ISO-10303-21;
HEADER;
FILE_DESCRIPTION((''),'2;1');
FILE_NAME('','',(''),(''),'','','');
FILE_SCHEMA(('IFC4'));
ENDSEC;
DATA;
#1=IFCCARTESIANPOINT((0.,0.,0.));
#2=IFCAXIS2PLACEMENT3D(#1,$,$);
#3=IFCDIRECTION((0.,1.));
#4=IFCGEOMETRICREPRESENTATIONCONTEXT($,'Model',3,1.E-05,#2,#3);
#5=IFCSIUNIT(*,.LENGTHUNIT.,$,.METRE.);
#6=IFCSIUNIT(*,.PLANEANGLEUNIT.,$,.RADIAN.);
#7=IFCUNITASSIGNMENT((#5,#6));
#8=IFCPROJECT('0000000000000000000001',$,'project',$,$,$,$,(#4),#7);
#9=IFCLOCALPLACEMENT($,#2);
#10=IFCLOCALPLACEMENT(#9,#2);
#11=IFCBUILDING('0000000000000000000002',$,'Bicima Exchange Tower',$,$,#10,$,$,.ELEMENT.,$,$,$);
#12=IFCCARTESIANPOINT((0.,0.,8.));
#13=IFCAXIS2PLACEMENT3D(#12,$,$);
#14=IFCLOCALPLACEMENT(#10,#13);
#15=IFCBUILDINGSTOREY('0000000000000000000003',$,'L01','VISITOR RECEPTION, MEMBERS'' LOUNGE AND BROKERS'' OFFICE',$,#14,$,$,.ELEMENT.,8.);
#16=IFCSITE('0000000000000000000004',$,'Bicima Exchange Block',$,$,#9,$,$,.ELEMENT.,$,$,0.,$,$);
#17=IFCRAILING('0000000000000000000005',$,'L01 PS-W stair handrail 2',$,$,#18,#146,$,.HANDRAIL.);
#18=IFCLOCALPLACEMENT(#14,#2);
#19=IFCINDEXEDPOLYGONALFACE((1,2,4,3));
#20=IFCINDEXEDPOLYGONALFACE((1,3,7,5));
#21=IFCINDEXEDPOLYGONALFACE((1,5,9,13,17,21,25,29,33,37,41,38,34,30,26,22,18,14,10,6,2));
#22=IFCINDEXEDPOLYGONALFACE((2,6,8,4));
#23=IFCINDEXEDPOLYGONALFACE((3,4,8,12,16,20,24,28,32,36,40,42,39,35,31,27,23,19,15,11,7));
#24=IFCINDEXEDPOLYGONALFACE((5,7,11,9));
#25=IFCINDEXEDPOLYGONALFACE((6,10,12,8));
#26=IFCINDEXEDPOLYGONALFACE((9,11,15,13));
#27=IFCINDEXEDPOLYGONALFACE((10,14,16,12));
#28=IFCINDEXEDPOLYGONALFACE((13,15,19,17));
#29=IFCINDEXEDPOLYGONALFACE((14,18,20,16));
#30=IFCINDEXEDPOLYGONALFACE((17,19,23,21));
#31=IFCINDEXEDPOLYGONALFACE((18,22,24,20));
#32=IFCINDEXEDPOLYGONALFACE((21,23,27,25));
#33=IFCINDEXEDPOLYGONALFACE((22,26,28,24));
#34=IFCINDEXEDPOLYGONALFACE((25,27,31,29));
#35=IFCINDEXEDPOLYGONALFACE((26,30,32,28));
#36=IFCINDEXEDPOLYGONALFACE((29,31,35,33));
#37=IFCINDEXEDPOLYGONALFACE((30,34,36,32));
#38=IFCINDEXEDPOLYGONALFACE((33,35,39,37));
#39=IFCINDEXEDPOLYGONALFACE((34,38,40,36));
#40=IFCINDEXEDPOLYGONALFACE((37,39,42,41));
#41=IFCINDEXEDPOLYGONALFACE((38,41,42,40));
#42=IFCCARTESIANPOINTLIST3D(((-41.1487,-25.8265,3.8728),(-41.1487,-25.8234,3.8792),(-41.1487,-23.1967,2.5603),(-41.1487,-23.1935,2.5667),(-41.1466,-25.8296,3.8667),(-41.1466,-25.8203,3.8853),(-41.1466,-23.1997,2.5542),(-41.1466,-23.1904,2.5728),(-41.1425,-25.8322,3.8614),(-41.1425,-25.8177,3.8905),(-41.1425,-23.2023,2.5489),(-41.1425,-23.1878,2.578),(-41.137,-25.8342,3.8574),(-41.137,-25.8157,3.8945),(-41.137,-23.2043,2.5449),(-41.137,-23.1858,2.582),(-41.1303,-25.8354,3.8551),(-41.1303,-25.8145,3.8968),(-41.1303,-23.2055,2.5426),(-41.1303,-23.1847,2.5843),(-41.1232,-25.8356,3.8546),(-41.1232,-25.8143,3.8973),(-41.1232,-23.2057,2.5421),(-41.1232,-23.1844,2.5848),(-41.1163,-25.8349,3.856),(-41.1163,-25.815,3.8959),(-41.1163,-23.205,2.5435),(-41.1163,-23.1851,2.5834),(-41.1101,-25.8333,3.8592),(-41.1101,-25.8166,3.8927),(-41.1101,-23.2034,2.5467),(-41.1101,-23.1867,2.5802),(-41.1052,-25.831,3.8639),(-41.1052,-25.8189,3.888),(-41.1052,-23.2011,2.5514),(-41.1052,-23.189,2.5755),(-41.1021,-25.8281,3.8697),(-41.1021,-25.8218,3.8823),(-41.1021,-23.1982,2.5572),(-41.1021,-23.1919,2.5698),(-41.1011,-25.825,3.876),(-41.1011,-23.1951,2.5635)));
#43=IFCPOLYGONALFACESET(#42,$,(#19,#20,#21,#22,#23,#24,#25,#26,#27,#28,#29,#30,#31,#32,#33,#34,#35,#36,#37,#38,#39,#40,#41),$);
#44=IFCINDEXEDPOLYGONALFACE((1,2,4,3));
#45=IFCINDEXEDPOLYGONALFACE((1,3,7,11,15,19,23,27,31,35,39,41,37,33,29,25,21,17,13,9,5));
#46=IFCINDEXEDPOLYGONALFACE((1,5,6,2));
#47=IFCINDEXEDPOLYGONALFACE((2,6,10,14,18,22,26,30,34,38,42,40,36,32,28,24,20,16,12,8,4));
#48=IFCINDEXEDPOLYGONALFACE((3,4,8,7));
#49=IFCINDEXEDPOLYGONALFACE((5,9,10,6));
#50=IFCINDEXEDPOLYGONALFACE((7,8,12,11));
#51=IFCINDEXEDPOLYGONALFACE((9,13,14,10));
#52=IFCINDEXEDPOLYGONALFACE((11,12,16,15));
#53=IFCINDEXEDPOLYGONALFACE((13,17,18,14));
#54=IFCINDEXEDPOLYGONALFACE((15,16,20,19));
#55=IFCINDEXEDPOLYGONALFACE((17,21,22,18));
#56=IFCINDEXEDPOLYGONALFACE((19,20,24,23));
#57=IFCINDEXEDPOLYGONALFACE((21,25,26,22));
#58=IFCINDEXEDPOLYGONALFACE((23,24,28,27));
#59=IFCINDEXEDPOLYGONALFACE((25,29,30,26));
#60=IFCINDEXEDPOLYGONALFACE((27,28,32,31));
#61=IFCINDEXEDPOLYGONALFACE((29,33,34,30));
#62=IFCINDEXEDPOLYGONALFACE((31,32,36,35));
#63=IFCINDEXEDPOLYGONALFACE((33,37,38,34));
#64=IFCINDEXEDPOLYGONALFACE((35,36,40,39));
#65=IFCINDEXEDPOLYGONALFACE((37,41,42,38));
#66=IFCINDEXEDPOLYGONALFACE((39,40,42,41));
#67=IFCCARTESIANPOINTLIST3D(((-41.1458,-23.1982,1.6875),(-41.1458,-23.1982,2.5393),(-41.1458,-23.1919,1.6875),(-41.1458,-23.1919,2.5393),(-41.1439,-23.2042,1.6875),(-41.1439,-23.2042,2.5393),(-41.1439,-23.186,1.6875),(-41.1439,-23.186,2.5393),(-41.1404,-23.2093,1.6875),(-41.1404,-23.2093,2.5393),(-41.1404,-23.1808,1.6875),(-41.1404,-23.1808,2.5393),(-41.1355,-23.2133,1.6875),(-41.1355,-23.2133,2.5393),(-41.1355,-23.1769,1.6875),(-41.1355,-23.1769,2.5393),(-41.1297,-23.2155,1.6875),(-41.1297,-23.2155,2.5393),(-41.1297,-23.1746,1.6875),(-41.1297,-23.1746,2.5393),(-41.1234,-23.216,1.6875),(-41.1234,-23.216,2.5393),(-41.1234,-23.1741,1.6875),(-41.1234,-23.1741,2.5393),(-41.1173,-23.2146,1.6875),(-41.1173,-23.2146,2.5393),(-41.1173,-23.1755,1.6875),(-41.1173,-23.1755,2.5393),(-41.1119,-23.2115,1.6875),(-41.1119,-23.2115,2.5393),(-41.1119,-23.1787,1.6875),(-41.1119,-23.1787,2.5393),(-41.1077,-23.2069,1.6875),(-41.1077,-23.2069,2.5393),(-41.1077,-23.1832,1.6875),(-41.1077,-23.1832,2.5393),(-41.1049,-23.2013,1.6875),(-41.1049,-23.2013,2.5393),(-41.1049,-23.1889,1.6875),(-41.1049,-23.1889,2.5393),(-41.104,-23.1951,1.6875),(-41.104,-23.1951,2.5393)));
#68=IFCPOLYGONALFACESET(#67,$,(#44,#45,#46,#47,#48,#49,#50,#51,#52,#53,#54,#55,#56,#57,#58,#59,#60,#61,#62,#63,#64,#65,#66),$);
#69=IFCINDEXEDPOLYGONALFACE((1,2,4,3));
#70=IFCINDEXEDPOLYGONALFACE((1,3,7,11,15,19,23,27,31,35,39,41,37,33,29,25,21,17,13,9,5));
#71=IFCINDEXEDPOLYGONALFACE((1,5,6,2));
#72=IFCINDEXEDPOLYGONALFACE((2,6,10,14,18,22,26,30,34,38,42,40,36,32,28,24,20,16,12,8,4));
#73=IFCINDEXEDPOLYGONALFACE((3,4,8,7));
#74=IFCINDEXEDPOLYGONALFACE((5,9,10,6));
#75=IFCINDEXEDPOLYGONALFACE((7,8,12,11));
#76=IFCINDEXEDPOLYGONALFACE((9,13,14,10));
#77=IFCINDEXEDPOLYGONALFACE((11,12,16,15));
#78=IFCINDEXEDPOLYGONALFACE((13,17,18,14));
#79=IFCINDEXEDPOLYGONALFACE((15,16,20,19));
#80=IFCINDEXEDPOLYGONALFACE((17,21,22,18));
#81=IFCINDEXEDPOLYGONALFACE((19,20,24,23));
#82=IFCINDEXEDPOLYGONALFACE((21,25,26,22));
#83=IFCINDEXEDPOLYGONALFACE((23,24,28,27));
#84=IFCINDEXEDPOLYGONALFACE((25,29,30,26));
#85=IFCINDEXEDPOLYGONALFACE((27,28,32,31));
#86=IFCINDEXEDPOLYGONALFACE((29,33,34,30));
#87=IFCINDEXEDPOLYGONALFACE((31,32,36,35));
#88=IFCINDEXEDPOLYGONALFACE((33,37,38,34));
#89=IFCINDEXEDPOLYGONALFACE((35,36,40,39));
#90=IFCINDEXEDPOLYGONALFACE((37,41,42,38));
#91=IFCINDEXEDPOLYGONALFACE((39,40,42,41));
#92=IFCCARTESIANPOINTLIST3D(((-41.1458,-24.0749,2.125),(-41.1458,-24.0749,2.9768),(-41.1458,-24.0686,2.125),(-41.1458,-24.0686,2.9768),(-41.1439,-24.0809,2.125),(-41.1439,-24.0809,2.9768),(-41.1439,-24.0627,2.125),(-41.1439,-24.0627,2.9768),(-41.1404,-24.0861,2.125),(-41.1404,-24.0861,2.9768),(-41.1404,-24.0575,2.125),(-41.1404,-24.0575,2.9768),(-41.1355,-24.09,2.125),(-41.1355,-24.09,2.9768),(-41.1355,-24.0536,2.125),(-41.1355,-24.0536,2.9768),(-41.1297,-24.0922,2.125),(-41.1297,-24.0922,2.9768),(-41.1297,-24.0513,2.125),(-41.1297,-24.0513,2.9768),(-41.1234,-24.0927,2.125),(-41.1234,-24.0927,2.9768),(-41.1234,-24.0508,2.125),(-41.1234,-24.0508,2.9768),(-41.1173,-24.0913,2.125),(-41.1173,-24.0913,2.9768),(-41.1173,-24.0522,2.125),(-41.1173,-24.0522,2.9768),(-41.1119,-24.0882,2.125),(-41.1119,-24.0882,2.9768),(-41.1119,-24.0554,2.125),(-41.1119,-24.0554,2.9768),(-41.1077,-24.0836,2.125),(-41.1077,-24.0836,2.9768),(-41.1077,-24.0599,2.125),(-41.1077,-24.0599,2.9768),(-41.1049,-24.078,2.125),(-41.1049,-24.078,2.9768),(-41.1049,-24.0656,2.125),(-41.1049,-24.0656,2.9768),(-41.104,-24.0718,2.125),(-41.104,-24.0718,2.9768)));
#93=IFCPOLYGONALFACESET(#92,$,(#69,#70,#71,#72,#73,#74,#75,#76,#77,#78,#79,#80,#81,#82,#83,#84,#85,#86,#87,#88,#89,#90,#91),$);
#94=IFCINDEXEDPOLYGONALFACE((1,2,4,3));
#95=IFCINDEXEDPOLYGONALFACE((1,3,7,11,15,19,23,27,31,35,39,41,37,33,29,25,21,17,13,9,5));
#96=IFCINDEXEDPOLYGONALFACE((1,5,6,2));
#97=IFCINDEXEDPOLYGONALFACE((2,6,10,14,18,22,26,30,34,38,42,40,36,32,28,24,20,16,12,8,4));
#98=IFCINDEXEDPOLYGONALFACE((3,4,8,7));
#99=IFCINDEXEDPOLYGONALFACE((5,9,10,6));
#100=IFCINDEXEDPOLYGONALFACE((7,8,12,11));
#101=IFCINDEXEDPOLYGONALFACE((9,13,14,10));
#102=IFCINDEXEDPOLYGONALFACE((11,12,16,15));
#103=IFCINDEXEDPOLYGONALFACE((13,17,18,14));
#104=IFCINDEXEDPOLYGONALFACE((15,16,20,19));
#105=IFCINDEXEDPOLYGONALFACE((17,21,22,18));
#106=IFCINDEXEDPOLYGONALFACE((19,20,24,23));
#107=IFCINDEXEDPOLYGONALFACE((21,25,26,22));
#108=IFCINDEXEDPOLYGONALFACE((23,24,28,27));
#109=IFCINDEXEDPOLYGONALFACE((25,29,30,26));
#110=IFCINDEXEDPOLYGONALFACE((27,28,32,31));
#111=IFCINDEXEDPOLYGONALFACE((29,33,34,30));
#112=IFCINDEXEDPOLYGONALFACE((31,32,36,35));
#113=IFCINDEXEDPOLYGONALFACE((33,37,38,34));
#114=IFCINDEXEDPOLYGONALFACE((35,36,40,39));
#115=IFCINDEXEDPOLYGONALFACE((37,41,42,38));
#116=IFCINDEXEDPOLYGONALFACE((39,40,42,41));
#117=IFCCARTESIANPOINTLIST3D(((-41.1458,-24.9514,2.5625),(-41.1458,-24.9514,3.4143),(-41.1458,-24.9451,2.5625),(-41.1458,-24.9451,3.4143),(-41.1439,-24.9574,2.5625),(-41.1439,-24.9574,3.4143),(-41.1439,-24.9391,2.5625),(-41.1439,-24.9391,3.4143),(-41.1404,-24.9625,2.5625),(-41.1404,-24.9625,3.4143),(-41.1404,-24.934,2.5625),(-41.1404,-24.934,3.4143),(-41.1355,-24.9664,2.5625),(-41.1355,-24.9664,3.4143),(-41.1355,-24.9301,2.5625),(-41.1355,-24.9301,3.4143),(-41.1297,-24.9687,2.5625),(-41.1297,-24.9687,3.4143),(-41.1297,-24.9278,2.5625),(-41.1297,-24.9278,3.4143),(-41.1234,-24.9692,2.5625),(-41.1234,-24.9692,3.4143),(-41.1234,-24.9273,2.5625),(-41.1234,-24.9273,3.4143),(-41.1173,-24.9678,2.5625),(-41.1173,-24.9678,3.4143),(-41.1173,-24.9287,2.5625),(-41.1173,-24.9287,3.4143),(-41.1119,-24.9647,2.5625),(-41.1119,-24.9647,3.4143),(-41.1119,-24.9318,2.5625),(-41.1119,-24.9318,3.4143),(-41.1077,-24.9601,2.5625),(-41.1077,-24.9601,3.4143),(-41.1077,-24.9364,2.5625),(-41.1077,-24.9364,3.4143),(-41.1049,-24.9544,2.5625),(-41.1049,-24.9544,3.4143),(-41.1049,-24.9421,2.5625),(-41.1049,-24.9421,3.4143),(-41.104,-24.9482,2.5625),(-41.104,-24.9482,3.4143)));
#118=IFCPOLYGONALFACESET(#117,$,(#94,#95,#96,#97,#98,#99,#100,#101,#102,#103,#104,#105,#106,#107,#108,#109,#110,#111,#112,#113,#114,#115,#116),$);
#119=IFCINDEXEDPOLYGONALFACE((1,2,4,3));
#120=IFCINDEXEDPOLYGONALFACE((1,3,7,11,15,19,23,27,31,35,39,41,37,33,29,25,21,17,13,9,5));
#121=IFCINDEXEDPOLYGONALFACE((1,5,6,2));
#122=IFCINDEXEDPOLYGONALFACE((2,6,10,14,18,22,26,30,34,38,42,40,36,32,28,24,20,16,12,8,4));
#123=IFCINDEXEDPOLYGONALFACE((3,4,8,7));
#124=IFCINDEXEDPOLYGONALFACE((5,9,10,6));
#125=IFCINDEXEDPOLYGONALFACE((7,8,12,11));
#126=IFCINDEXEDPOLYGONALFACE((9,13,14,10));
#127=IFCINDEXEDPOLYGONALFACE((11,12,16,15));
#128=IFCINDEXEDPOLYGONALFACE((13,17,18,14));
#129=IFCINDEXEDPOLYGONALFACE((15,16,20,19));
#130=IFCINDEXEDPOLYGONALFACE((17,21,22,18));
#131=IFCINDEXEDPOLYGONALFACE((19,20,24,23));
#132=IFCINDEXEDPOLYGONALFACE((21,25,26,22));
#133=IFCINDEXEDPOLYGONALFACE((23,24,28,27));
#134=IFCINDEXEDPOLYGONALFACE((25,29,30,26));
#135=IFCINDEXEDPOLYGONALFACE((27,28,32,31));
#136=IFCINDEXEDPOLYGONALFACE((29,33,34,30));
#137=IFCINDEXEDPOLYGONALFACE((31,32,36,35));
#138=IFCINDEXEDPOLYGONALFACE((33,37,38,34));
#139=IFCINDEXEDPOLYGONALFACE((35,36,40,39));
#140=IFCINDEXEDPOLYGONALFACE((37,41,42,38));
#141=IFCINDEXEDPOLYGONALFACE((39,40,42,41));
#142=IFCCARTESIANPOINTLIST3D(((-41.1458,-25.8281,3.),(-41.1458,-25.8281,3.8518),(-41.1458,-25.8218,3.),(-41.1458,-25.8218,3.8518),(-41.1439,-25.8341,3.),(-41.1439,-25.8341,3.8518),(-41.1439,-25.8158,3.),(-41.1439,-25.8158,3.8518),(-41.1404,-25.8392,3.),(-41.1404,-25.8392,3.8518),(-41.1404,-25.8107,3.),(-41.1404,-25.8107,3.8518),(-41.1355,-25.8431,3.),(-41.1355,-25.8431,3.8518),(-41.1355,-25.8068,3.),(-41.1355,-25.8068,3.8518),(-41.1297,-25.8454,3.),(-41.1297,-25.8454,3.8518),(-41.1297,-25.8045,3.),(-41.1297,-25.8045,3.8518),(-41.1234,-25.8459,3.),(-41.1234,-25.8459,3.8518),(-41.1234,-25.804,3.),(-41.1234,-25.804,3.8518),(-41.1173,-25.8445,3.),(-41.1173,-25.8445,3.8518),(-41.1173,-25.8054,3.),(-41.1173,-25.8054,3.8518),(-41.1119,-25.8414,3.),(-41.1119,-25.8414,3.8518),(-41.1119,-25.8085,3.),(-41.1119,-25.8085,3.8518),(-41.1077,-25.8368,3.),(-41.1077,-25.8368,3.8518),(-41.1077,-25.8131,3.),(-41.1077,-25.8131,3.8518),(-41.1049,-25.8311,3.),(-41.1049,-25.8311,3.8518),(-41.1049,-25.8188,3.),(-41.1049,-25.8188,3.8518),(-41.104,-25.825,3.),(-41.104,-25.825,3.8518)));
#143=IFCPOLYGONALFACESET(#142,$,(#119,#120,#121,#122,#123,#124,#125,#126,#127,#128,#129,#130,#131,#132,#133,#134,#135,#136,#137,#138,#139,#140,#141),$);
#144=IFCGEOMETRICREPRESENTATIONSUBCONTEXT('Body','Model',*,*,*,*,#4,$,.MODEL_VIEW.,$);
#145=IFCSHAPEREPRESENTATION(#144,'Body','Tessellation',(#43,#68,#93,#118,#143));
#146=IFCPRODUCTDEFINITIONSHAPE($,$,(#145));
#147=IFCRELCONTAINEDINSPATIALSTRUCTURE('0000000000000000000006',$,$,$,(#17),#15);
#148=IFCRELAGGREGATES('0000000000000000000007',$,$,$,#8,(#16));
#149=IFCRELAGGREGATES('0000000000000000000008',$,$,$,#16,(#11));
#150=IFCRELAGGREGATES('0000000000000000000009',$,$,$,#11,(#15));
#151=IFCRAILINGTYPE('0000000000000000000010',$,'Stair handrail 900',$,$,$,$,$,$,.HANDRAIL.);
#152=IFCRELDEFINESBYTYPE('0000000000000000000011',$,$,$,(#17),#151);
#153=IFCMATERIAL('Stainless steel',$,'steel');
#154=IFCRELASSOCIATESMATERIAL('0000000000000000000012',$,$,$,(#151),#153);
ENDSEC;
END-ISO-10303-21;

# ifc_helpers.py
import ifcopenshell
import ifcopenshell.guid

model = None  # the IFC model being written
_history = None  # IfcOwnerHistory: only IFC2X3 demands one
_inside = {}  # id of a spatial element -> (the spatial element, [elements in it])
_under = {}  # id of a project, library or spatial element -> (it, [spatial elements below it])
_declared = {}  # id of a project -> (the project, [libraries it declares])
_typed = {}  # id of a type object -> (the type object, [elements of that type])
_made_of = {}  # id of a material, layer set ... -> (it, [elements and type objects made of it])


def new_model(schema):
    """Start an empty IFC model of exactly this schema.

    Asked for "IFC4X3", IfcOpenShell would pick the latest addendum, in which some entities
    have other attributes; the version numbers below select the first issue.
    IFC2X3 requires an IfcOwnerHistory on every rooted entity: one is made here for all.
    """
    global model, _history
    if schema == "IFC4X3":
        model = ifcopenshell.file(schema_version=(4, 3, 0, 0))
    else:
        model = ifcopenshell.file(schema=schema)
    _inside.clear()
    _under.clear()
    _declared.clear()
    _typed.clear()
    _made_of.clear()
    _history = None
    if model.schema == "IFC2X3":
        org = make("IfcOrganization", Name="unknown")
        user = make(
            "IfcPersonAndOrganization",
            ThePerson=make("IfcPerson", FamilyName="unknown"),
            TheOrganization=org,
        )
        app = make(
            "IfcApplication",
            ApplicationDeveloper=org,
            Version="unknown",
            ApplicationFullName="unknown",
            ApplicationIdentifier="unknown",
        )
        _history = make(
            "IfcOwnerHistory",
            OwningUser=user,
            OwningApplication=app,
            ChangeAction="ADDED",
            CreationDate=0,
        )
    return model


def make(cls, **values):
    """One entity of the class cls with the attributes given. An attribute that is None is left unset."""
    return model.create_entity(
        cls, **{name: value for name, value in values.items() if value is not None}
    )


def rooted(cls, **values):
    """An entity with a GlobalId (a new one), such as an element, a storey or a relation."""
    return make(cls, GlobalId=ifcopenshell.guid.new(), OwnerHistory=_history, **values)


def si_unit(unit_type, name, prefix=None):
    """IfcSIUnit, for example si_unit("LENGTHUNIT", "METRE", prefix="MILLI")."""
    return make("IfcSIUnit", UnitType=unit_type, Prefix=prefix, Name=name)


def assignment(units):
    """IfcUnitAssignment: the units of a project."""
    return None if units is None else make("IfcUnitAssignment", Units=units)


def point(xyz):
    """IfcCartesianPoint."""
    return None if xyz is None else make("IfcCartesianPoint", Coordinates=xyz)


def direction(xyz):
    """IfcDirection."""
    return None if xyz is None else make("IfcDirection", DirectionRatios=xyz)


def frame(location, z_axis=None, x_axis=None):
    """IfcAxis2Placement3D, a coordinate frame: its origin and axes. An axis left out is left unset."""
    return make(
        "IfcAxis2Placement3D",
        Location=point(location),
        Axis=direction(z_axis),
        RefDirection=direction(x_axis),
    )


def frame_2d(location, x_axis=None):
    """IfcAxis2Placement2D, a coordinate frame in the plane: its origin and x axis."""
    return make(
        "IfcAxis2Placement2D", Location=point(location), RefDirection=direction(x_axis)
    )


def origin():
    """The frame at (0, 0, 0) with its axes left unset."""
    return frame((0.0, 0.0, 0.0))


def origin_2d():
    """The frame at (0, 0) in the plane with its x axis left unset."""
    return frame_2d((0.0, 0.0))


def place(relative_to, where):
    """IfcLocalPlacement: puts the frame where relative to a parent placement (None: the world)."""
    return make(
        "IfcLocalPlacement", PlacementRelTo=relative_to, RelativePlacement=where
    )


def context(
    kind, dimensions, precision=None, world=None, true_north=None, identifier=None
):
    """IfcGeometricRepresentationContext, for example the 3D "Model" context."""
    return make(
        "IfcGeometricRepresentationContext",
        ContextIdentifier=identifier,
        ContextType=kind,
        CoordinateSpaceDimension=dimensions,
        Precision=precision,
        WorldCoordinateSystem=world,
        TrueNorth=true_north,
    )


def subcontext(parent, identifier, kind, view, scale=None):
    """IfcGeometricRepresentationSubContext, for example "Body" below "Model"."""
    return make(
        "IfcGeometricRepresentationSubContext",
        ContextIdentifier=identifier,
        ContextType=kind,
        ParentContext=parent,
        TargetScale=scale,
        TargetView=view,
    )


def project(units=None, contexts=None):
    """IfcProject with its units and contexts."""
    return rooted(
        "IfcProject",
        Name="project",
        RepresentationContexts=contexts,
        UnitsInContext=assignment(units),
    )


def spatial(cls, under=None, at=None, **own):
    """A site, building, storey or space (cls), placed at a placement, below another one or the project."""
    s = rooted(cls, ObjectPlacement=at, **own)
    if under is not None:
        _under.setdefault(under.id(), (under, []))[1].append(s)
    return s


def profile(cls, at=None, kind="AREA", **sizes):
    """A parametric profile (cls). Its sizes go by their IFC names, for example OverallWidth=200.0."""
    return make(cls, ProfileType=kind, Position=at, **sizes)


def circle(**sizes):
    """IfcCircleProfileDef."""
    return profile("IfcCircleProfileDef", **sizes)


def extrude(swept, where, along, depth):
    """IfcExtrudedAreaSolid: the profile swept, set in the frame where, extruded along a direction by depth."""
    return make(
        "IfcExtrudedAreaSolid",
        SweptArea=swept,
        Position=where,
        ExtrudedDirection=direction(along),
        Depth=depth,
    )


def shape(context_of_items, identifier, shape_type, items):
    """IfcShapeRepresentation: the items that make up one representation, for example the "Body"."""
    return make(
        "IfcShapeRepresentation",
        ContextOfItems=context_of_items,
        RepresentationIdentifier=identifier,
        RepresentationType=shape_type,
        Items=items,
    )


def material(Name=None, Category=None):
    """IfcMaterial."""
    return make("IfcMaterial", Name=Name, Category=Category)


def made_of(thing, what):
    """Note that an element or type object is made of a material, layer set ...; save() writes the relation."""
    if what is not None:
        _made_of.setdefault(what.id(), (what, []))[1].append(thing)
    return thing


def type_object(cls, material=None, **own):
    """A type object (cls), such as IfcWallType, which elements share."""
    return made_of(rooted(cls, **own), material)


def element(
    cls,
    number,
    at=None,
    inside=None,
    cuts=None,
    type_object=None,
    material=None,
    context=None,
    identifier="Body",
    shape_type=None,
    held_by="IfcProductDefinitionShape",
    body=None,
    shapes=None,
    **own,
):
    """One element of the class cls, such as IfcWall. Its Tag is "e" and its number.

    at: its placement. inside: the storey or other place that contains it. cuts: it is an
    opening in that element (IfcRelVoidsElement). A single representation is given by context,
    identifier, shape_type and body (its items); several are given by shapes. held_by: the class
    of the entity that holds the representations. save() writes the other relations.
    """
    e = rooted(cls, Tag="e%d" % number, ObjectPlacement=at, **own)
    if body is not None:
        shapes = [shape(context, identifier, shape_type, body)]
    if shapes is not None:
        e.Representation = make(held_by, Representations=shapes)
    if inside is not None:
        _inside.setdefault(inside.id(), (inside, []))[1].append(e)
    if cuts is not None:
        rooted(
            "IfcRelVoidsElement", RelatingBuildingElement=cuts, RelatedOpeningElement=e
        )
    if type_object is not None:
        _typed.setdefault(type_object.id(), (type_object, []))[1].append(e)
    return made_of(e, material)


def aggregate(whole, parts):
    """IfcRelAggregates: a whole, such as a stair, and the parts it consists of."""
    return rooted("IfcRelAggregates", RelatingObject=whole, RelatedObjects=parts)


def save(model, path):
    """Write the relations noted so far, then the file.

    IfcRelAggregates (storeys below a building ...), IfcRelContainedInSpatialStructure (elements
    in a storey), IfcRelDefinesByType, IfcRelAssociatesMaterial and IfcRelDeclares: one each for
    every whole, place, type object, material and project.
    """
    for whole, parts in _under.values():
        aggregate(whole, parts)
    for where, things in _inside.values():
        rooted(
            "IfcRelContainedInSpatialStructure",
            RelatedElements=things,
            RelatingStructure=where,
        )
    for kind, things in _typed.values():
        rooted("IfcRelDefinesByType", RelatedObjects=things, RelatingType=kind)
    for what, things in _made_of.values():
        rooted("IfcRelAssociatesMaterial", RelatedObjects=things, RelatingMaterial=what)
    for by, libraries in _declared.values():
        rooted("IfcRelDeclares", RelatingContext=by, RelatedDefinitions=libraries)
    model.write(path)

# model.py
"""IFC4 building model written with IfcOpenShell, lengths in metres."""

from ifc_helpers import new_model, si_unit, direction, frame, origin, origin_2d, place, context, subcontext, project, spatial, circle, extrude, material, type_object, element, save


model = new_model("IFC4")

# Units and contexts
model_context = context("Model", 3, precision=1e-05, world=origin(), true_north=direction((0.0, 1.0)))
body_context = subcontext(model_context, "Body", "Model", "MODEL_VIEW")
ifc_project = project(units=[si_unit("LENGTHUNIT", "METRE"), si_unit("PLANEANGLEUNIT", "RADIAN")], contexts=[model_context])

# Site, building, storey
site_placement = place(None, origin())
site = spatial("IfcSite", under=ifc_project, at=site_placement, Name="Bicima Exchange Block", CompositionType="ELEMENT", RefElevation=0.0)
building_placement = place(site_placement, origin())
building = spatial("IfcBuilding", under=site, at=building_placement, Name="Bicima Exchange Tower", CompositionType="ELEMENT")
storey_placement = place(building_placement, frame((0.0, 0.0, 8.0)))
storey = spatial("IfcBuildingStorey", under=building, at=storey_placement, Name="L01", Description="VISITOR RECEPTION, MEMBERS' LOUNGE AND BROKERS' OFFICE", CompositionType="ELEMENT", Elevation=8.0)

# Railing
ifc_material_1 = material(Name="Stainless steel", Category="steel")
railing_type_1 = type_object("IfcRailingType", Name="Stair handrail 900", PredefinedType="HANDRAIL", material=ifc_material_1)
railing_1_placement = place(storey_placement, frame((-41.125, -23.1951, 1.6875)))
element("IfcRailing", 1, at=railing_1_placement, inside=storey, type_object=railing_type_1, Name="L01 PS-W stair handrail 2", PredefinedType="HANDRAIL", context=body_context, shape_type="SweptSolid", body=[
    extrude(circle(Radius=0.0239, at=origin_2d()), frame((0.0, 0.0, 0.876), z_axis=(0.0, -0.894759, 0.446549), x_axis=(1.0, 0.0, 0.0)), (0.0, 0.0, 1.0), 2.9392),
    extrude(circle(Radius=0.021, at=origin_2d()), origin(), (0.0, 0.0, 1.0), 0.8518),
    extrude(circle(Radius=0.021, at=origin_2d()), frame((0.0, -0.8767, 0.4375)), (0.0, 0.0, 1.0), 0.8518),
    extrude(circle(Radius=0.021, at=origin_2d()), frame((0.0, -1.7532, 0.875)), (0.0, 0.0, 1.0), 0.8518),
    extrude(circle(Radius=0.021, at=origin_2d()), frame((0.0, -2.6299, 1.3125)), (0.0, 0.0, 1.0), 0.8518),
])

save(model, "model.ifc")
